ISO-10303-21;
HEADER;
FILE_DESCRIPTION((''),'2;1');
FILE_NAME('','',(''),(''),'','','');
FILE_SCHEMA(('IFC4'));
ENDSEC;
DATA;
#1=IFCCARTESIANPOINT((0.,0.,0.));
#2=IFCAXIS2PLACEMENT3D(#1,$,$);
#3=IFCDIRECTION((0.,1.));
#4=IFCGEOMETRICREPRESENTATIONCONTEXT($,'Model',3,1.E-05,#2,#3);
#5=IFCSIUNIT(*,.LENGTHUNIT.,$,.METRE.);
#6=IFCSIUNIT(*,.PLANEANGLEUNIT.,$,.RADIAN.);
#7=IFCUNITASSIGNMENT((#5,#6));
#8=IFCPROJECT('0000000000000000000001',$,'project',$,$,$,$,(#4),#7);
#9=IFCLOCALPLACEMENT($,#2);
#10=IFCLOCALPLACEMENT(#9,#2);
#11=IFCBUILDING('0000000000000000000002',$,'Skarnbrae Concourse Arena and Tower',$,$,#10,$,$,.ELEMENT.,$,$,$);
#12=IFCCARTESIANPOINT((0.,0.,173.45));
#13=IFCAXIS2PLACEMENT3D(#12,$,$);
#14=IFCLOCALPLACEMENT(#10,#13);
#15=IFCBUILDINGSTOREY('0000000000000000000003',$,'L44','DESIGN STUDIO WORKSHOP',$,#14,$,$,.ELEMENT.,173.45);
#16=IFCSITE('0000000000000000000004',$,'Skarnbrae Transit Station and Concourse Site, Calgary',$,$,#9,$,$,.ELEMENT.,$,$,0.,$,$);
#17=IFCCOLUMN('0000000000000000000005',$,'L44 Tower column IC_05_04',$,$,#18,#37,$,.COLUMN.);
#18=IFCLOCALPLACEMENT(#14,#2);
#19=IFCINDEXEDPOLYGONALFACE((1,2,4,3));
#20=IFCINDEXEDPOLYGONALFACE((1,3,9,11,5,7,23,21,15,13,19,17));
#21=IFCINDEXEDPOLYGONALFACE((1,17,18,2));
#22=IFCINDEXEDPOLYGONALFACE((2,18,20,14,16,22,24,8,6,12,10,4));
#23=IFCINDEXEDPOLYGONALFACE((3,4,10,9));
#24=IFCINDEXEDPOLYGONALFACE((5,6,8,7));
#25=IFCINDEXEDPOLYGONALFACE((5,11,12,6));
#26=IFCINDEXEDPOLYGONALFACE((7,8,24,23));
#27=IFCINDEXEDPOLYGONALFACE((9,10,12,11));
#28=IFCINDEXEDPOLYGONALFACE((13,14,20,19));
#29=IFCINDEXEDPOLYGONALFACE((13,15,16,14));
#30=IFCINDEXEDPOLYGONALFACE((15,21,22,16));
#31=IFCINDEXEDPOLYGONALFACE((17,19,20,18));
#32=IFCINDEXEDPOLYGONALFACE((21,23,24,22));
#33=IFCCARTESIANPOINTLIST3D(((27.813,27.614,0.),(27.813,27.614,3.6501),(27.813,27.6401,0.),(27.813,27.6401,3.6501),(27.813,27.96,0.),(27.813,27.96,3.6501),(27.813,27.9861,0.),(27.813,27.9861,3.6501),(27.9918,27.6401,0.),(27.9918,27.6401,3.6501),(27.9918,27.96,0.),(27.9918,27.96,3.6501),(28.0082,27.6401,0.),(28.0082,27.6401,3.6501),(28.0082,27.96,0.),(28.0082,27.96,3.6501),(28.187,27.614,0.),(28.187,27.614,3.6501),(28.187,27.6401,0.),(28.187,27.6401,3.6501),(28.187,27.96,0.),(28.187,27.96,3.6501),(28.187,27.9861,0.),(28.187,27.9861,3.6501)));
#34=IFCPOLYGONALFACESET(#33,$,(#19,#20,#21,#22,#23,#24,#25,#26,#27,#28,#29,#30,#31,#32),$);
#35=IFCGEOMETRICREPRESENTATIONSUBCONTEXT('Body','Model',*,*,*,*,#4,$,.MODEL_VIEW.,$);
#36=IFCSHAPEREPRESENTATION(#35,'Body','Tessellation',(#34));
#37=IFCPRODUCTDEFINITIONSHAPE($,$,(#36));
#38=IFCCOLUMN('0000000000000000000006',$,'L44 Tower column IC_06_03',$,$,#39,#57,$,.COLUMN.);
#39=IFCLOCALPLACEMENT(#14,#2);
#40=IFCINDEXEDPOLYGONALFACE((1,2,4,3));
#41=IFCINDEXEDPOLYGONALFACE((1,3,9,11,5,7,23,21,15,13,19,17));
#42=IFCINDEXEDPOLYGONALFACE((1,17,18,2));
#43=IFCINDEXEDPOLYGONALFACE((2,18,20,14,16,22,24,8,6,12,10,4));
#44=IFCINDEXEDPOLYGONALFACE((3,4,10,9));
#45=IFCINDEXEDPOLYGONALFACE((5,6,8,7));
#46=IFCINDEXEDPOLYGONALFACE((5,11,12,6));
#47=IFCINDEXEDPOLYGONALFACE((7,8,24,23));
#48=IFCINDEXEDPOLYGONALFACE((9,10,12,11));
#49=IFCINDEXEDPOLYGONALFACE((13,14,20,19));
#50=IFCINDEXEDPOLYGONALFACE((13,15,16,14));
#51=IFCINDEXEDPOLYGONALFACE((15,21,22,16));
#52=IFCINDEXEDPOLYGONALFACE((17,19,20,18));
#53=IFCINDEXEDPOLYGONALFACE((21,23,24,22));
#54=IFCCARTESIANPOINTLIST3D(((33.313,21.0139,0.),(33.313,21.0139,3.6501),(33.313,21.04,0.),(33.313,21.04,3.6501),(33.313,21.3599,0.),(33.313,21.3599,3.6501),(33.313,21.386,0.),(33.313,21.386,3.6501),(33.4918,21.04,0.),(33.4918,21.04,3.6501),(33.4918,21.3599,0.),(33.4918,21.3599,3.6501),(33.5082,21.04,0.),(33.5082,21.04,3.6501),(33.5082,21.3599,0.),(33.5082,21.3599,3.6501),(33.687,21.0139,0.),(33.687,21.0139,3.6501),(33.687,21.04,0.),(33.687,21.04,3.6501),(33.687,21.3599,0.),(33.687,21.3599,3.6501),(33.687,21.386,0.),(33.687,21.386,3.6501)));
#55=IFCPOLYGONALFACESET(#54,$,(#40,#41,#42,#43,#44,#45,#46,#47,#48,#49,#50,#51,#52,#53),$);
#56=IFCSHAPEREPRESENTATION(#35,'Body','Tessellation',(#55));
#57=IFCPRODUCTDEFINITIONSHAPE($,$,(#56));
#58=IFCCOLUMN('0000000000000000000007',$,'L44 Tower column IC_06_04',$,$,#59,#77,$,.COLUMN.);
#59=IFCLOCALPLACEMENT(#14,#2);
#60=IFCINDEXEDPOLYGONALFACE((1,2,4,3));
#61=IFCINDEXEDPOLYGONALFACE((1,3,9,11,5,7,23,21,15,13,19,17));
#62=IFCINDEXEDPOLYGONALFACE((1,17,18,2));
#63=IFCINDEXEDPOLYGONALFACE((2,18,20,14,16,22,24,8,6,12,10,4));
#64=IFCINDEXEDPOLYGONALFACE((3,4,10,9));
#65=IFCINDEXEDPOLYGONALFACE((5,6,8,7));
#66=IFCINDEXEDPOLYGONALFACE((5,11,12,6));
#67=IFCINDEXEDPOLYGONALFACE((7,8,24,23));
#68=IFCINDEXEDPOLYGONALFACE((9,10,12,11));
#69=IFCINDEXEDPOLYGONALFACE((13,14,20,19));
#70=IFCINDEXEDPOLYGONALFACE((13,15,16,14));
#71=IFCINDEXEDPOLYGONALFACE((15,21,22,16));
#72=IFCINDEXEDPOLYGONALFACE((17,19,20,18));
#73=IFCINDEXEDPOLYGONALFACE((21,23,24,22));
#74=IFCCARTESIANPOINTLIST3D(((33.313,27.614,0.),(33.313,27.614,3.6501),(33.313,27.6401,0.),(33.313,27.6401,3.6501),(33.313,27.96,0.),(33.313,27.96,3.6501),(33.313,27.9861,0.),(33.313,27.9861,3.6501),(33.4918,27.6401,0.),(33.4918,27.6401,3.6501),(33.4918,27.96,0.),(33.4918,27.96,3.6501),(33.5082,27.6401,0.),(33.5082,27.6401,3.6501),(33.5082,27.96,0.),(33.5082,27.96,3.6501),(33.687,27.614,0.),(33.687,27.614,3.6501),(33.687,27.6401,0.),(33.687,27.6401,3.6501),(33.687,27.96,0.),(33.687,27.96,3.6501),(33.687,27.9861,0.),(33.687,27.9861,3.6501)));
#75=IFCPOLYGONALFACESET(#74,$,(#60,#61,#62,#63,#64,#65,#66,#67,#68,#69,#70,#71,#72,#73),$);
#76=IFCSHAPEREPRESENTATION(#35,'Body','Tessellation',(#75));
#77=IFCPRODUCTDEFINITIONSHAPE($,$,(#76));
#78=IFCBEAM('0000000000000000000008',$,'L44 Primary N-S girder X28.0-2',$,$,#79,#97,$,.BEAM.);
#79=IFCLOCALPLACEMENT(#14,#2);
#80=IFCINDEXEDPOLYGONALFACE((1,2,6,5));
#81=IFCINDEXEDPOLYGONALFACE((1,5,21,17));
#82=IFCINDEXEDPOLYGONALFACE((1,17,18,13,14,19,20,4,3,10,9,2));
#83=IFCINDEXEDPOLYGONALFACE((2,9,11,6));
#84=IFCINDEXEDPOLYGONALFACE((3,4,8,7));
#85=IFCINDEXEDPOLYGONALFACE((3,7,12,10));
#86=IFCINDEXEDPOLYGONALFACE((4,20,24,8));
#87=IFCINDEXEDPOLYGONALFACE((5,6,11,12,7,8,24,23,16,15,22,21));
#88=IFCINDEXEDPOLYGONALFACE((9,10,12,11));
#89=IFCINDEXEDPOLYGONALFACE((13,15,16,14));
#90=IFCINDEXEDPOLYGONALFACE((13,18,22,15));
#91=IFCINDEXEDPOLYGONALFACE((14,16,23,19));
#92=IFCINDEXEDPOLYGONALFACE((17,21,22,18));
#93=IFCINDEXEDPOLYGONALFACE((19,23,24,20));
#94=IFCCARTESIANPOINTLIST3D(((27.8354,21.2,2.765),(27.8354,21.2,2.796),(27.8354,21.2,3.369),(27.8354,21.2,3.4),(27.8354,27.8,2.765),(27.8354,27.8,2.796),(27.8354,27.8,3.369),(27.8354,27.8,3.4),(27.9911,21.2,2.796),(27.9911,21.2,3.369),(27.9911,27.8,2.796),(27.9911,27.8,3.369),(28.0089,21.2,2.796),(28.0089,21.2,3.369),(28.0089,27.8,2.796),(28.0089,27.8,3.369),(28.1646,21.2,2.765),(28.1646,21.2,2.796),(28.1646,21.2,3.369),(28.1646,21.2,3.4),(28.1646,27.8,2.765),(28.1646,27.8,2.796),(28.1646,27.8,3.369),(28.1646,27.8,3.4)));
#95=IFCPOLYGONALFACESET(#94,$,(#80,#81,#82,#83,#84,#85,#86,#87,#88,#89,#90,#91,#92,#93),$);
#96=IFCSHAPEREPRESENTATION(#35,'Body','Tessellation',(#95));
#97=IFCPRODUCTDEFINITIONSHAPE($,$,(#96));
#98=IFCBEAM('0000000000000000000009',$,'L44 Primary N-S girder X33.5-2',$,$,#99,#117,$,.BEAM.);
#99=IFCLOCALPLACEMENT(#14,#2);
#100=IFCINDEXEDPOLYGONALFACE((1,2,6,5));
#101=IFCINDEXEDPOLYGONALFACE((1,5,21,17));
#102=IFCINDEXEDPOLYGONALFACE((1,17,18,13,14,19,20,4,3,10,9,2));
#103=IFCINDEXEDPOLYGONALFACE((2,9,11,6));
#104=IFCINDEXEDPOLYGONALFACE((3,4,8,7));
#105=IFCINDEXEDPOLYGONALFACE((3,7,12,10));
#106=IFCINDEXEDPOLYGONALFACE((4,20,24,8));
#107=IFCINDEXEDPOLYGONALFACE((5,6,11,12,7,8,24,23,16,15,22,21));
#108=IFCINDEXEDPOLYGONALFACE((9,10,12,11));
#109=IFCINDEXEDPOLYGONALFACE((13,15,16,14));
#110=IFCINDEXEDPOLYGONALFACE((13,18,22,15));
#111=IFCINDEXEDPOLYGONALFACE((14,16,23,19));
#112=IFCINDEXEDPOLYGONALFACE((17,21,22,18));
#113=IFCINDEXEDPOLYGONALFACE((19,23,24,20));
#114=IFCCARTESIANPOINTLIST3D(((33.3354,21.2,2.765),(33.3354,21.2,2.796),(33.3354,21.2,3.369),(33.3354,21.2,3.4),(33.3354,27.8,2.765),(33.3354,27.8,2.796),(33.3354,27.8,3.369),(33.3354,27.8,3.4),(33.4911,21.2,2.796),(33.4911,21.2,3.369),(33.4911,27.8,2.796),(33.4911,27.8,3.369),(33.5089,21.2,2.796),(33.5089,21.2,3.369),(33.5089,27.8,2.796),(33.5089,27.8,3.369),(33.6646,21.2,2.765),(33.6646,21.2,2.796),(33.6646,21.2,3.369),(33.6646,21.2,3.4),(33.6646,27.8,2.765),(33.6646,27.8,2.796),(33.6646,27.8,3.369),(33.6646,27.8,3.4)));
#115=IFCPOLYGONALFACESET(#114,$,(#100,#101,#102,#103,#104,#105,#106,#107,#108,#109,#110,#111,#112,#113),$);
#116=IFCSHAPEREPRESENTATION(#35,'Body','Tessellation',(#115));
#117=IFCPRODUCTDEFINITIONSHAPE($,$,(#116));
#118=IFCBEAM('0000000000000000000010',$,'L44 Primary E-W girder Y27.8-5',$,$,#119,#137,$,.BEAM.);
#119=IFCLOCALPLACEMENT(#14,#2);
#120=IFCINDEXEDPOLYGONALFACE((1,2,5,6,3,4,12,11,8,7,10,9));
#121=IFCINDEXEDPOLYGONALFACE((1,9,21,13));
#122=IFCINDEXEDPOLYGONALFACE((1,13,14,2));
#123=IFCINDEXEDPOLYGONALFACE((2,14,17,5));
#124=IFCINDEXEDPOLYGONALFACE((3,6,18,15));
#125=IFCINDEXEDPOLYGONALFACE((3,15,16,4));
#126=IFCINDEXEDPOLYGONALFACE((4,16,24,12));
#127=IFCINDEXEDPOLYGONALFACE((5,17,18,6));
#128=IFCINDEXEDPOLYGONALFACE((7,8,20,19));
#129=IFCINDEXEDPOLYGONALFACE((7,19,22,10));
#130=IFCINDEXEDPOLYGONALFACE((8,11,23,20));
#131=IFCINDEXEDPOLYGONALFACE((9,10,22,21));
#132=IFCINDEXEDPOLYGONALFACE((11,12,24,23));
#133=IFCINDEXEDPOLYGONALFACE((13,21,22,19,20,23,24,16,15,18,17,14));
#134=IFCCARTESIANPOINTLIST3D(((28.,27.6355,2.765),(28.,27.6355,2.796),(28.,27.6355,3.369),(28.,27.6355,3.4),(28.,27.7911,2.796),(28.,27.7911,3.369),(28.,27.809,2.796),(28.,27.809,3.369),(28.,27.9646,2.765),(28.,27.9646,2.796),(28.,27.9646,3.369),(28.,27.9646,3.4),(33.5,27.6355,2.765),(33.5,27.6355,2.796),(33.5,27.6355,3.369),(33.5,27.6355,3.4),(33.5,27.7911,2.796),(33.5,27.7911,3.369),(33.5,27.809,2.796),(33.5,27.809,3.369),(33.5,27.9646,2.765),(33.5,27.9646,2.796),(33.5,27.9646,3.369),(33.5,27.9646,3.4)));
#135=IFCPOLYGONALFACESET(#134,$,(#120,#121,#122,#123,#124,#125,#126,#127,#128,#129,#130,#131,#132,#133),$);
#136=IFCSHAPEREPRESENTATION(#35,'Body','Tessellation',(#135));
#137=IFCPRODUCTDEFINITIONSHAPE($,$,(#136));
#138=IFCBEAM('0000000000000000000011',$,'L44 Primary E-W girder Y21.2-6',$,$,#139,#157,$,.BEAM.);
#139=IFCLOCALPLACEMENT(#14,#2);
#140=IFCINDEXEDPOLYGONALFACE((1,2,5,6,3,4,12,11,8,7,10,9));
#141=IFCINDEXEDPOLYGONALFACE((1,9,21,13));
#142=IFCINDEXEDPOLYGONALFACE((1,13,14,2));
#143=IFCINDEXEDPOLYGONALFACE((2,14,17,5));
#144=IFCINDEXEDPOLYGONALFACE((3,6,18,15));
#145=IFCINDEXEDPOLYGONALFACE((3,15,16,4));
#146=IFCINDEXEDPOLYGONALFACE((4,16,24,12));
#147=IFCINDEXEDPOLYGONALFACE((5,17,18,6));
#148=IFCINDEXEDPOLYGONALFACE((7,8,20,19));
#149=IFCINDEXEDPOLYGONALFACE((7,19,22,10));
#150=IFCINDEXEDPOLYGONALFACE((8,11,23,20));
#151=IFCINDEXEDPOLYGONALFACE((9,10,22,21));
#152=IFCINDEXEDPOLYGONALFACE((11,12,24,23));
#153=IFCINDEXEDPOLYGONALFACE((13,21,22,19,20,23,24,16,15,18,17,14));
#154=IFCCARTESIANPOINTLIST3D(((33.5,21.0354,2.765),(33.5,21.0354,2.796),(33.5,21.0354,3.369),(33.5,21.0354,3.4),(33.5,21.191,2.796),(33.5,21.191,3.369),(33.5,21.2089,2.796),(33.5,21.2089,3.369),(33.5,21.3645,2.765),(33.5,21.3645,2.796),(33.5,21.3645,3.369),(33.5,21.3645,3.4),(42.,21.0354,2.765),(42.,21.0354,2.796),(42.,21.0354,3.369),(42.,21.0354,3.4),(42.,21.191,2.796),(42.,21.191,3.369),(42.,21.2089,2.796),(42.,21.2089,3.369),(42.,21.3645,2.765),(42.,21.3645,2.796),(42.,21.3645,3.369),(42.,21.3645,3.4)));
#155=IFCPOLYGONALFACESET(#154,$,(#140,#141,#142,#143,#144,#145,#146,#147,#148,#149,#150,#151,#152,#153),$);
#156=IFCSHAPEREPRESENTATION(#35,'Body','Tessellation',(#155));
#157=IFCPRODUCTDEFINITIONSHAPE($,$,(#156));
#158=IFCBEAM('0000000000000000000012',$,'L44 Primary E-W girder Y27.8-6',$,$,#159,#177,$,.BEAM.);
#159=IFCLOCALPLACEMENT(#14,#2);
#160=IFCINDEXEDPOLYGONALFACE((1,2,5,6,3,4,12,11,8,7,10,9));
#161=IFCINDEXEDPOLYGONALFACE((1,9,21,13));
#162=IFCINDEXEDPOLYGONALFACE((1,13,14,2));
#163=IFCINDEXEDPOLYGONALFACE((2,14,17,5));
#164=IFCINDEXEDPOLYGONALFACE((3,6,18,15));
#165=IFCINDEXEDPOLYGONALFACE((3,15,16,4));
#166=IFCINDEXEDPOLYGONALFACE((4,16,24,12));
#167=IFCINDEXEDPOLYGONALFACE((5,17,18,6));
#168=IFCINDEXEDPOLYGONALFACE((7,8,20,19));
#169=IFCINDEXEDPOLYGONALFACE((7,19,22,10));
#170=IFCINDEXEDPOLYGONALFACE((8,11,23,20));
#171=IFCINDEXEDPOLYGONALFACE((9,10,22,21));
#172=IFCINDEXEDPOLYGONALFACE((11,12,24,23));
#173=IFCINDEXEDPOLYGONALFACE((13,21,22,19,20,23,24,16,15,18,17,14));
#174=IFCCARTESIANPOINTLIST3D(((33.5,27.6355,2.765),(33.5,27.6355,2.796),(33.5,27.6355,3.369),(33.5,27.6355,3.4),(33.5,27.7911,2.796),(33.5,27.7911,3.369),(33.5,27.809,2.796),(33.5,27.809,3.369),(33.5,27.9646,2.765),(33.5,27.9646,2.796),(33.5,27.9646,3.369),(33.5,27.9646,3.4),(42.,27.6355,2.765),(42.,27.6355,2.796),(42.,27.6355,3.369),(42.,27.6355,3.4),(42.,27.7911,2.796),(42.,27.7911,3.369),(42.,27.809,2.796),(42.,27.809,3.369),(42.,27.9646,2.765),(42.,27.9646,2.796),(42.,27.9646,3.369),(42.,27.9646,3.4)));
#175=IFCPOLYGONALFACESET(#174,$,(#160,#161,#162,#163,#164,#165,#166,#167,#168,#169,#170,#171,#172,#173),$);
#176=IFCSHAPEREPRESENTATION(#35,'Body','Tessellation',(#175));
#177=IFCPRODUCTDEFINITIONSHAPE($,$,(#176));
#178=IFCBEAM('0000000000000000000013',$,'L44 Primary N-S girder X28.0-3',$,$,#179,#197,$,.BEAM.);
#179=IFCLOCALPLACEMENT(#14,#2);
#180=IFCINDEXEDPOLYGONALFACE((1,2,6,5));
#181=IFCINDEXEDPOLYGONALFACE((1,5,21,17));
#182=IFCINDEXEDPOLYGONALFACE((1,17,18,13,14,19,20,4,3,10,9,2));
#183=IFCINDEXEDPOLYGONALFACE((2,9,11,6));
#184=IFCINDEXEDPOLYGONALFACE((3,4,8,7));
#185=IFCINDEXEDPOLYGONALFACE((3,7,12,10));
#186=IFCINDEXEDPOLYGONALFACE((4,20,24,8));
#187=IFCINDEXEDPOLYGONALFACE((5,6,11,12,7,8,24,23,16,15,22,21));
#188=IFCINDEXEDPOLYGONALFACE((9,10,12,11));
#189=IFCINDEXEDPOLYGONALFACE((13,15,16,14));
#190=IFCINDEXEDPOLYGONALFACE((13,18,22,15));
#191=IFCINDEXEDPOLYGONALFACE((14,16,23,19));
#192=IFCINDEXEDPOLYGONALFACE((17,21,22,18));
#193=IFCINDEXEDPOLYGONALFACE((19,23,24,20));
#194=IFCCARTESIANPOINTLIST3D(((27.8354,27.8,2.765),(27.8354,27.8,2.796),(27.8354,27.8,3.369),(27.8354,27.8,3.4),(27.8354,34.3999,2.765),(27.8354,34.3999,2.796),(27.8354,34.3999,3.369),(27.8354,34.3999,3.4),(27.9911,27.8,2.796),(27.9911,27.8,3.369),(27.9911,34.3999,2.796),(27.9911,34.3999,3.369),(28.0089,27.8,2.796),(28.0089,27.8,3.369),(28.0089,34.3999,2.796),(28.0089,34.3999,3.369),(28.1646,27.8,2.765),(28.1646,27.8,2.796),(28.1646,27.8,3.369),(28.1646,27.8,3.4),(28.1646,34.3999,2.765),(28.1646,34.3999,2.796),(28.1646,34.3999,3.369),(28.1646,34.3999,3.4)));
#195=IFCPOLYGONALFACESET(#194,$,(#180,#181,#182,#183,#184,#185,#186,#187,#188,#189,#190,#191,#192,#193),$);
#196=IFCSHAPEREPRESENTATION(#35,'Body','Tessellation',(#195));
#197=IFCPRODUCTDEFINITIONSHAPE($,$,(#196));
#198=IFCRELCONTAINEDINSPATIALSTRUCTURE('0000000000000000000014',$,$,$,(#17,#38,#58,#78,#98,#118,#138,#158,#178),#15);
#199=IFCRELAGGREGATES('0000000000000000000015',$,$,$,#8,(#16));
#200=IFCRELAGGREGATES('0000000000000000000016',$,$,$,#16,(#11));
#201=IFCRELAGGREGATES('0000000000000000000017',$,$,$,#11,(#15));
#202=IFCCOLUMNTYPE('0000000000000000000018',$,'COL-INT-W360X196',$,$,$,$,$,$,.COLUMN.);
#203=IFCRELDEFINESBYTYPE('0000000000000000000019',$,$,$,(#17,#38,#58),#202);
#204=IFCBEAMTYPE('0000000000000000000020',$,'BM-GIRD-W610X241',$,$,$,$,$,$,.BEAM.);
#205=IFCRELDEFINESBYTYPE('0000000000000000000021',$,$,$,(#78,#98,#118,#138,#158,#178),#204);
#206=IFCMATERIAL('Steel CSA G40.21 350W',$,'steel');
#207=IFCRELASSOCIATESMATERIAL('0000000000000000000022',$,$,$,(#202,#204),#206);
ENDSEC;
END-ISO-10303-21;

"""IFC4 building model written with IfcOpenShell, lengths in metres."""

from ifc_helpers import new_model, si_unit, direction, frame, origin, origin_2d, place, context, subcontext, project, spatial, i_section, extrude, source, transform, mapped, material, material_profile, profile_set, type_object, element, save


model = new_model("IFC4")

# Units and contexts
model_context = context("Model", 3, precision=1e-05, world=origin(), true_north=direction((0.0, 1.0)))
body_context = subcontext(model_context, "Body", "Model", "MODEL_VIEW")
ifc_project = project(units=[si_unit("LENGTHUNIT", "METRE"), si_unit("PLANEANGLEUNIT", "RADIAN")], contexts=[model_context])

# Site, building, storey
site_placement = place(None, origin())
site = spatial("IfcSite", under=ifc_project, at=site_placement, Name="Skarnbrae Transit Station and Concourse Site, Calgary", CompositionType="ELEMENT", RefElevation=0.0)
building_placement = place(site_placement, origin())
building = spatial("IfcBuilding", under=site, at=building_placement, Name="Skarnbrae Concourse Arena and Tower", CompositionType="ELEMENT")
storey_placement = place(building_placement, frame((0.0, 0.0, 173.45)))
storey = spatial("IfcBuildingStorey", under=building, at=storey_placement, Name="L44", Description="DESIGN STUDIO WORKSHOP", CompositionType="ELEMENT", Elevation=173.45)

# Columns
ifc_material_1 = material(Name="Steel CSA G40.21 350W", Category="steel")
ifc_material_profile_1 = material_profile(ifc_material_1, i_section(OverallWidth=0.374, OverallDepth=0.3721, WebThickness=0.0164, FlangeThickness=0.0261, at=origin_2d()), Name="W360X196")
ifc_profile_set_1 = profile_set([ifc_material_profile_1], Name="Steel CSA G40.21 350W")
column_type = type_object("IfcColumnType", Name="COL-INT-W360X196", PredefinedType="COLUMN", material=ifc_profile_set_1)
shared_shape_1 = source(origin(), body_context, "Body", "SweptSolid", [
    extrude(i_section(OverallWidth=0.374, OverallDepth=0.3721, WebThickness=0.0164, FlangeThickness=0.0261, at=origin_2d()), origin(), (0.0, 0.0, 1.0), 3.6501),
])
for number, where, z_axis, x_axis, name in (
    (1, (28.0, 27.8, 0.0), (0.0, 0.0, 1.0), (1.0, 0.0, 0.0), "L44 Tower column IC_05_04"),
    (2, (33.5, 21.2, 0.0), (0.0, 0.0, 1.0), (1.0, 0.0, 0.0), "L44 Tower column IC_06_03"),
    (3, (33.5, 27.8, 0.0), (0.0, 0.0, 1.0), (1.0, 0.0, 0.0), "L44 Tower column IC_06_04"),
):
    element("IfcColumn", number, at=place(storey_placement, frame(where, z_axis=z_axis, x_axis=x_axis)), inside=storey, type_object=column_type, Name=name, PredefinedType="COLUMN", context=body_context, shape_type="MappedRepresentation", body=[
        mapped(shared_shape_1, transform((0.0, 0.0, 0.0))),
    ])

# Beams
ifc_material_profile_2 = material_profile(ifc_material_1, i_section(OverallWidth=0.3291, OverallDepth=0.635, WebThickness=0.0178, FlangeThickness=0.031, at=origin_2d()), Name="W610X241")
ifc_profile_set_2 = profile_set([ifc_material_profile_2], Name="Steel CSA G40.21 350W")
beam_type_1 = type_object("IfcBeamType", Name="BM-GIRD-W610X241", PredefinedType="BEAM", material=ifc_profile_set_2)
shared_shape_2 = source(origin(), body_context, "Body", "SweptSolid", [
    extrude(i_section(OverallWidth=0.3291, OverallDepth=0.635, WebThickness=0.0178, FlangeThickness=0.031, at=origin_2d()), origin(), (0.0, 0.0, 1.0), 6.6001),
])
for number, where, z_axis, x_axis, name in (
    (4, (28.0, 21.2, 3.0825), (0.0, 1.0, 0.0), (-1.0, 0.0, 0.0), "L44 Primary N-S girder X28.0-2"),
    (5, (33.5, 21.2, 3.0825), (0.0, 1.0, 0.0), (-1.0, 0.0, 0.0), "L44 Primary N-S girder X33.5-2"),
):
    element("IfcBeam", number, at=place(storey_placement, frame(where, z_axis=z_axis, x_axis=x_axis)), inside=storey, type_object=beam_type_1, Name=name, PredefinedType="BEAM", context=body_context, shape_type="MappedRepresentation", body=[
        mapped(shared_shape_2, transform((0.0, 0.0, 0.0))),
    ])
shared_shape_3 = source(origin(), body_context, "Body", "SweptSolid", [
    extrude(i_section(OverallWidth=0.3291, OverallDepth=0.635, WebThickness=0.0178, FlangeThickness=0.031, at=origin_2d()), origin(), (0.0, 0.0, 1.0), 5.5),
])
beam_placement = place(storey_placement, frame((28.0, 27.8, 3.0825), z_axis=(1.0, 0.0, 0.0), x_axis=(0.0, 1.0, 0.0)))
element("IfcBeam", 6, at=beam_placement, inside=storey, type_object=beam_type_1, Name="L44 Primary E-W girder Y27.8-5", PredefinedType="BEAM", context=body_context, shape_type="MappedRepresentation", body=[
    mapped(shared_shape_3, transform((0.0, 0.0, 0.0))),
])
shared_shape_4 = source(origin(), body_context, "Body", "SweptSolid", [
    extrude(i_section(OverallWidth=0.3291, OverallDepth=0.635, WebThickness=0.0178, FlangeThickness=0.031, at=origin_2d()), origin(), (0.0, 0.0, 1.0), 8.5),
])
for number, where, z_axis, x_axis, name in (
    (7, (33.5, 21.2, 3.0825), (1.0, 0.0, 0.0), (0.0, 1.0, 0.0), "L44 Primary E-W girder Y21.2-6"),
    (8, (33.5, 27.8, 3.0825), (1.0, 0.0, 0.0), (0.0, 1.0, 0.0), "L44 Primary E-W girder Y27.8-6"),
):
    element("IfcBeam", number, at=place(storey_placement, frame(where, z_axis=z_axis, x_axis=x_axis)), inside=storey, type_object=beam_type_1, Name=name, PredefinedType="BEAM", context=body_context, shape_type="MappedRepresentation", body=[
        mapped(shared_shape_4, transform((0.0, 0.0, 0.0))),
    ])
shared_shape_5 = source(origin(), body_context, "Body", "SweptSolid", [
    extrude(i_section(OverallWidth=0.3291, OverallDepth=0.635, WebThickness=0.0178, FlangeThickness=0.031, at=origin_2d()), origin(), (0.0, 0.0, 1.0), 6.5999),
])
for number, where, z_axis, x_axis, name in (
    (9, (28.0, 27.8, 3.0825), (0.0, 1.0, 0.0), (-1.0, 0.0, 0.0), "L44 Primary N-S girder X28.0-3"),
):
    element("IfcBeam", number, at=place(storey_placement, frame(where, z_axis=z_axis, x_axis=x_axis)), inside=storey, type_object=beam_type_1, Name=name, PredefinedType="BEAM", context=body_context, shape_type="MappedRepresentation", body=[
        mapped(shared_shape_5, transform((0.0, 0.0, 0.0))),
    ])

save(model, "model.ifc")
